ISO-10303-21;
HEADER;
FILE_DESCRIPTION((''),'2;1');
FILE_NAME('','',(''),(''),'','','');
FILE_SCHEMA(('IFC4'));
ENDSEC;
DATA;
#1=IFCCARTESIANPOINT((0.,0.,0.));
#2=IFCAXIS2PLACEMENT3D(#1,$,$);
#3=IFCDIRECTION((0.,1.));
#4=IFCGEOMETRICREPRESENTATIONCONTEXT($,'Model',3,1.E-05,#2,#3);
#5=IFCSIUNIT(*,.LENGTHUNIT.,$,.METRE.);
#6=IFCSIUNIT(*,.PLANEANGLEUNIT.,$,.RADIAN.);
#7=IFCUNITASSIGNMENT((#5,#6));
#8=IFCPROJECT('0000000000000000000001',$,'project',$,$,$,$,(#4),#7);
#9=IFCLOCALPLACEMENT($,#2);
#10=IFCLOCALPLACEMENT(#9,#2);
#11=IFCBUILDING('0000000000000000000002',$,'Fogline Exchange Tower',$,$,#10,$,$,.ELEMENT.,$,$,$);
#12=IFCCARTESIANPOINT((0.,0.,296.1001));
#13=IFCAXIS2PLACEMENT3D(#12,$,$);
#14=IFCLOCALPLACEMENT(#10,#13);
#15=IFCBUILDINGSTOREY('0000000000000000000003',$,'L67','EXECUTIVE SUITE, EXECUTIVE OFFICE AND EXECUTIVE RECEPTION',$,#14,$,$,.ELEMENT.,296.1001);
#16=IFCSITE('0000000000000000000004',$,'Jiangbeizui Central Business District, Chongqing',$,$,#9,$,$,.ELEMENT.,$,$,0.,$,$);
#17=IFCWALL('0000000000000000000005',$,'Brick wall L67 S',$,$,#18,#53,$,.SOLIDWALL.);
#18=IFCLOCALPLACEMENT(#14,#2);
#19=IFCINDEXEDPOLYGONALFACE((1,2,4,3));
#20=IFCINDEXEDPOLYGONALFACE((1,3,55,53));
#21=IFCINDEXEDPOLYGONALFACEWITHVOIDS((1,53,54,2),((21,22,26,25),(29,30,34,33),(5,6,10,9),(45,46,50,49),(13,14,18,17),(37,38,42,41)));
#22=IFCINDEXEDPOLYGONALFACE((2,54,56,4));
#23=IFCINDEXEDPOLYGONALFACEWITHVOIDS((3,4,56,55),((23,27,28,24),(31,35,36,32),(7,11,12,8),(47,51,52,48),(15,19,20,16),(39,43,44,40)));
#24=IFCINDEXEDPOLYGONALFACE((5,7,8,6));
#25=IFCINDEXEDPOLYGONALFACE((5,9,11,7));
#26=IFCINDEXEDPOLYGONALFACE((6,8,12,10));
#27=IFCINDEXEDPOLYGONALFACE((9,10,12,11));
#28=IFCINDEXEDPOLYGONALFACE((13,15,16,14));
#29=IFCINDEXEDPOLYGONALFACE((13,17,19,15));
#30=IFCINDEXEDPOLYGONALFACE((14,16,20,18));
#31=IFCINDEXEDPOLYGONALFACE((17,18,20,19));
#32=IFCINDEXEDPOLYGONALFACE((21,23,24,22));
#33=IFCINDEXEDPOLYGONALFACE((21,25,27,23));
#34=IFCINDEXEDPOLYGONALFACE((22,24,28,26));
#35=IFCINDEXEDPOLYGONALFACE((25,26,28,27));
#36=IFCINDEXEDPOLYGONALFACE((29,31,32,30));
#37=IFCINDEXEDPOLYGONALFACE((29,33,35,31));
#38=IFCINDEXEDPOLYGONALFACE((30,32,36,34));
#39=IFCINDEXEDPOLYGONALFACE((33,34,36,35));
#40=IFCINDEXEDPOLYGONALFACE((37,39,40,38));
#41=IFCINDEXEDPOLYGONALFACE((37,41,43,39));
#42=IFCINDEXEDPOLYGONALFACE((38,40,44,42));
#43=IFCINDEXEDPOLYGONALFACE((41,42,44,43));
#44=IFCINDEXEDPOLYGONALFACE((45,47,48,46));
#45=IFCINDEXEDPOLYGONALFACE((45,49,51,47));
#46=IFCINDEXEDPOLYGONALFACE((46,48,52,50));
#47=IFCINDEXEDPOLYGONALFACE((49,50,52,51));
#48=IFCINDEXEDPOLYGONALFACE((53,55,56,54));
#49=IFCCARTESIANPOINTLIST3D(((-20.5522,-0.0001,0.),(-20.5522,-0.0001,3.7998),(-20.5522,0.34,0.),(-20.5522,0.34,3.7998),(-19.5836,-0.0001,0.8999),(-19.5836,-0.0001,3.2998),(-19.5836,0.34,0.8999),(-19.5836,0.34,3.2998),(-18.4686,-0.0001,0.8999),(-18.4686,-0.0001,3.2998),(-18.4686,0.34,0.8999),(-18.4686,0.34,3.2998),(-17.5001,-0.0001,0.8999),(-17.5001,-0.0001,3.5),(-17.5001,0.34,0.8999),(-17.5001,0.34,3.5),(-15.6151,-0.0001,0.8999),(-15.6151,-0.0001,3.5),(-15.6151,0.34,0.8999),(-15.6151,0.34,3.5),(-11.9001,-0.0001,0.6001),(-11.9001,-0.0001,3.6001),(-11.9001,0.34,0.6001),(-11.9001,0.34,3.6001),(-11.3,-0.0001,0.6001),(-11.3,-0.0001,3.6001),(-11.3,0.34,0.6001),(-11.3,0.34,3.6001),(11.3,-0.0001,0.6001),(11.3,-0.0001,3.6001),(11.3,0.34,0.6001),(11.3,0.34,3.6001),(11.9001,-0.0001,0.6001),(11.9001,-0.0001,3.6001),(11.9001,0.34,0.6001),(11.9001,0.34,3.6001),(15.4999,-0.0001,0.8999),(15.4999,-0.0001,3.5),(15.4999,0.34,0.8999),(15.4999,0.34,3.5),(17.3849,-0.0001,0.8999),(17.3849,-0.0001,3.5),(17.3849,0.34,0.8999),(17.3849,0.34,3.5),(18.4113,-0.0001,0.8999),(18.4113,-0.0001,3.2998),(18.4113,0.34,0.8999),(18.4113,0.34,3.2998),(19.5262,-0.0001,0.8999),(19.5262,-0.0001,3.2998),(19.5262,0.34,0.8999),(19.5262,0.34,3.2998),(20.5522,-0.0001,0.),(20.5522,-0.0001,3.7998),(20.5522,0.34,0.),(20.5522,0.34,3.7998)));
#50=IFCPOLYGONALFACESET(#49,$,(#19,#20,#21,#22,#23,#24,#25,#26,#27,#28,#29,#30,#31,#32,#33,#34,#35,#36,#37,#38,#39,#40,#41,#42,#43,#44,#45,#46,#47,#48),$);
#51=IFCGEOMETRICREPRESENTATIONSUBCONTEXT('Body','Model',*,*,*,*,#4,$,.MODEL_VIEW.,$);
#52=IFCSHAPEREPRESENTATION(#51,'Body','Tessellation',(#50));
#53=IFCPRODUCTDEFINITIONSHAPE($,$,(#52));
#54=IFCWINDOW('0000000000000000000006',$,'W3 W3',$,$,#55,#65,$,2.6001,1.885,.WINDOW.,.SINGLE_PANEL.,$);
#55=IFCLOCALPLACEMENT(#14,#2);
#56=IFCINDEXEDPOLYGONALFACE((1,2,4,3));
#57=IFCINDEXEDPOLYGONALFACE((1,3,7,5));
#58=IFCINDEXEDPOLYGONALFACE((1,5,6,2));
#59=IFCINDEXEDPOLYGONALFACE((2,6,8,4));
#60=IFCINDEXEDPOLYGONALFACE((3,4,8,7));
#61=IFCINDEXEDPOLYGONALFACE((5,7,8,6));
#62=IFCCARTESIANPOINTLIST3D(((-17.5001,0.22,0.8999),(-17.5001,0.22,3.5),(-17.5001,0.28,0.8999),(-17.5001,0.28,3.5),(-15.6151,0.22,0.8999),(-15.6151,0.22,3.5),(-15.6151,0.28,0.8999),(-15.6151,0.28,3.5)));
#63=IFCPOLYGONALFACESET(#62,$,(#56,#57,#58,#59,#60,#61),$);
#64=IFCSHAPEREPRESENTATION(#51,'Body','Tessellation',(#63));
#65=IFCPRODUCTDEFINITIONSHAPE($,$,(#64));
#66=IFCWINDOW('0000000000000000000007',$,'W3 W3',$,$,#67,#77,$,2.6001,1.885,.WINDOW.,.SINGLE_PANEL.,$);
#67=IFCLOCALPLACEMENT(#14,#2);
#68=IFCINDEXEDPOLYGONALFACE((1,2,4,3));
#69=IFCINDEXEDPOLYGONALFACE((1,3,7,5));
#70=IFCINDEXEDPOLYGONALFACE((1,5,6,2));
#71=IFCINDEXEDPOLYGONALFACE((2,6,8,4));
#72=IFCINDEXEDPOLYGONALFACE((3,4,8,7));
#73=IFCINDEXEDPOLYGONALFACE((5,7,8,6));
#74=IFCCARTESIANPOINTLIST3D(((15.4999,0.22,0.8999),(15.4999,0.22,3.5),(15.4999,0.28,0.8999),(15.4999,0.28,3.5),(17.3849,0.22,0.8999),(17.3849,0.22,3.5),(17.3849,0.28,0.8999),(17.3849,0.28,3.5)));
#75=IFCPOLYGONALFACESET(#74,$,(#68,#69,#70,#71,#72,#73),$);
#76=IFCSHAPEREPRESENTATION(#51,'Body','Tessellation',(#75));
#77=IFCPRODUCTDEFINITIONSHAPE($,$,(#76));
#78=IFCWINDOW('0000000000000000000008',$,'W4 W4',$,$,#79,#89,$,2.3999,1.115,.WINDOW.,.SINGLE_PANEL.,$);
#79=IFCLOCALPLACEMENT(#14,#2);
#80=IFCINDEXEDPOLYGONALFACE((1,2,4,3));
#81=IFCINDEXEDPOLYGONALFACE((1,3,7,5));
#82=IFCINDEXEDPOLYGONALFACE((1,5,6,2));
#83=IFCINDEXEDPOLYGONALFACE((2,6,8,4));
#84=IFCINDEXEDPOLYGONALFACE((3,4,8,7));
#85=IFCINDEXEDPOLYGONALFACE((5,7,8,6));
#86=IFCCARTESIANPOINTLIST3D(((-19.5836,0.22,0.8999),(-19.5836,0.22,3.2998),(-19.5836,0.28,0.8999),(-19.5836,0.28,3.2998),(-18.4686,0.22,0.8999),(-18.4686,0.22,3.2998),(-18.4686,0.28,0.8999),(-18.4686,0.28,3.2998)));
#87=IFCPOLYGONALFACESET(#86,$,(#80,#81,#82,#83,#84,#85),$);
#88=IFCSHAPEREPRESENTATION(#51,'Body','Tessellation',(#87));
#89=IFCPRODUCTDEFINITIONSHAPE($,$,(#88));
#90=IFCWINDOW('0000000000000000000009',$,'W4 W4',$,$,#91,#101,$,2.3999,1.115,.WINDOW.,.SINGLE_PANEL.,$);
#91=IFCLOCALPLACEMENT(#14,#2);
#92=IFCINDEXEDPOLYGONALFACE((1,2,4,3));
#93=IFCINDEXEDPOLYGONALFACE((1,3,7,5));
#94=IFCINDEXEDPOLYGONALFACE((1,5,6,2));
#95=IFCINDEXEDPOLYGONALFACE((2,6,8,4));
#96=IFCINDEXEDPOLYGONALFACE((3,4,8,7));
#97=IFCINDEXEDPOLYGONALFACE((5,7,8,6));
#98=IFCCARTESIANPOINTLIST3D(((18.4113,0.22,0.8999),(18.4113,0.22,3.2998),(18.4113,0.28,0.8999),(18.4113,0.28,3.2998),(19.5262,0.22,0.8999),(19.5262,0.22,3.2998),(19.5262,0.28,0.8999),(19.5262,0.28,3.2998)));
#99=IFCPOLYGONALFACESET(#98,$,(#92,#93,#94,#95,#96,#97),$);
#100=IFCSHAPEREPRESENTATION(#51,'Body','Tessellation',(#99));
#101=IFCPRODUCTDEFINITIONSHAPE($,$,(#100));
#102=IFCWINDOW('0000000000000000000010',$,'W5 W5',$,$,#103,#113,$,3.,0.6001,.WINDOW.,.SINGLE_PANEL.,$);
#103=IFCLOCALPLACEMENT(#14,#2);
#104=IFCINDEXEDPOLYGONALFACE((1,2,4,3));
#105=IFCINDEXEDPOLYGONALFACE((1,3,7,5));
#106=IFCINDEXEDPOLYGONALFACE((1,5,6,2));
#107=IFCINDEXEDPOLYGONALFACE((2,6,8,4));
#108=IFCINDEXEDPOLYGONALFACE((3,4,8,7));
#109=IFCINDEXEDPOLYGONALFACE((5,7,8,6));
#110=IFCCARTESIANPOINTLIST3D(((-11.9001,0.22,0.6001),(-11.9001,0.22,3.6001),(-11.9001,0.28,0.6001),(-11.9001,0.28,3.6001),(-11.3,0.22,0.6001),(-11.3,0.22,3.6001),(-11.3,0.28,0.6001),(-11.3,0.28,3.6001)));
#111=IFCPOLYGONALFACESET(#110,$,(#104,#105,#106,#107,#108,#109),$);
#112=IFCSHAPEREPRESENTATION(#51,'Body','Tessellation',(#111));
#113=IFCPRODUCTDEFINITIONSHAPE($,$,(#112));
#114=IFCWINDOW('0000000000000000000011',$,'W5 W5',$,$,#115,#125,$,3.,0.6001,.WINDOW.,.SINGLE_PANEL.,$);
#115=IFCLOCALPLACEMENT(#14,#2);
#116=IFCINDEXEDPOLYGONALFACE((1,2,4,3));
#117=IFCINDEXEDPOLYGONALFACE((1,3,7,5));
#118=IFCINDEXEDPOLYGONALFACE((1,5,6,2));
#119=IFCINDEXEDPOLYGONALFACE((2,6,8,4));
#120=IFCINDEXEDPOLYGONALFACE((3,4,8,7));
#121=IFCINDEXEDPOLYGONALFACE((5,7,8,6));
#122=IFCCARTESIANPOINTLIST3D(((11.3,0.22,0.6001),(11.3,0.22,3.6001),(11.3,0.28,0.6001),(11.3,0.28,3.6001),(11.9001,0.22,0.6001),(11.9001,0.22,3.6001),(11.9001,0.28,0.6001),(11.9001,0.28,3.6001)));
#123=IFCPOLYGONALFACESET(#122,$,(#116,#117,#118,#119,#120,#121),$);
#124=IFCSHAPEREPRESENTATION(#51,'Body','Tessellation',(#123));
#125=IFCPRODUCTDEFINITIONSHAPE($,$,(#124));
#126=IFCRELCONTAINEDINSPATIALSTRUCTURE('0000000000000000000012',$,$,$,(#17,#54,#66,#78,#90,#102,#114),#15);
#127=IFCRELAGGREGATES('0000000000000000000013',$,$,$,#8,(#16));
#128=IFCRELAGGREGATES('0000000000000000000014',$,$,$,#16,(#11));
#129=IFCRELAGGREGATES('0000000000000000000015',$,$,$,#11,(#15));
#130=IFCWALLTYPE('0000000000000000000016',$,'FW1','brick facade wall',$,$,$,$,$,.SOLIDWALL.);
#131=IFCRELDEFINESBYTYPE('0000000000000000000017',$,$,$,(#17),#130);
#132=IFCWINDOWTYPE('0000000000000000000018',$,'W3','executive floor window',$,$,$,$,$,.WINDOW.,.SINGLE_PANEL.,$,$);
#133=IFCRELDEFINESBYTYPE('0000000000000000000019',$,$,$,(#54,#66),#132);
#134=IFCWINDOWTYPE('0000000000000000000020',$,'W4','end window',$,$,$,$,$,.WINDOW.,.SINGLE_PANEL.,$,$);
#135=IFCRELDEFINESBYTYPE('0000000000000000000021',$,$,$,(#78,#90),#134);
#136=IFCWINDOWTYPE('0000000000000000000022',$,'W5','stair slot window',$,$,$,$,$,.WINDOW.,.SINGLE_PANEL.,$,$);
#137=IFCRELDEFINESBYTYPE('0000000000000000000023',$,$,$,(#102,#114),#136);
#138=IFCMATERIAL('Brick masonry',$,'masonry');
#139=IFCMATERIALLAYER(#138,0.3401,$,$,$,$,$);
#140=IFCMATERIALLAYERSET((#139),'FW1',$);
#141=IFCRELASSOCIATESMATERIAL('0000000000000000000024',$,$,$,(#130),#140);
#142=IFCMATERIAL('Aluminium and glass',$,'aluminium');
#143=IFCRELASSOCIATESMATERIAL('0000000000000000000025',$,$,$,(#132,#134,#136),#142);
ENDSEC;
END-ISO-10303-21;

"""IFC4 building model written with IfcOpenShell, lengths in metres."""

from ifc_helpers import new_model, si_unit, direction, frame, frame_2d, origin, place, context, subcontext, project, spatial, rectangle, extrude, material, layer, layer_set, type_object, element, fill, save


model = new_model("IFC4")

# Units and contexts
model_context = context("Model", 3, precision=1e-05, world=origin(), true_north=direction((0.0, 1.0)))
body_context = subcontext(model_context, "Body", "Model", "MODEL_VIEW")
ifc_project = project(units=[si_unit("LENGTHUNIT", "METRE"), si_unit("PLANEANGLEUNIT", "RADIAN")], contexts=[model_context])

# Site, building, storey
site_placement = place(None, origin())
site = spatial("IfcSite", under=ifc_project, at=site_placement, Name="Jiangbeizui Central Business District, Chongqing", CompositionType="ELEMENT", RefElevation=0.0)
building_placement = place(site_placement, origin())
building = spatial("IfcBuilding", under=site, at=building_placement, Name="Fogline Exchange Tower", CompositionType="ELEMENT")
storey_placement = place(building_placement, frame((0.0, 0.0, 296.1001)))
storey = spatial("IfcBuildingStorey", under=building, at=storey_placement, Name="L67", Description="EXECUTIVE SUITE, EXECUTIVE OFFICE AND EXECUTIVE RECEPTION", CompositionType="ELEMENT", Elevation=296.1001)

# Shared definitions
ifc_material_1 = material(Name="Brick masonry", Category="masonry")
ifc_layer = layer(ifc_material_1, 0.3401)
ifc_layer_set = layer_set([ifc_layer], Name="FW1")
wall_type = type_object("IfcWallType", Name="FW1", Description="brick facade wall", PredefinedType="SOLIDWALL", material=ifc_layer_set)
ifc_material_2 = material(Name="Aluminium and glass", Category="aluminium")

# Wall, openings, windows
wall_1_placement = place(storey_placement, frame((-20.5522, 0.1699, 0.0), z_axis=(0.0, 0.0, 1.0), x_axis=(1.0, 0.0, 0.0)))
wall_1 = element("IfcWall", 1, at=wall_1_placement, inside=storey, type_object=wall_type, Name="Brick wall L67 S", PredefinedType="SOLIDWALL", context=body_context, shape_type="SweptSolid", body=[
    extrude(rectangle(XDim=41.1045, YDim=0.3401, at=frame_2d((20.5522, 0.0))), origin(), (0.0, 0.0, 1.0), 3.7998),
])
opening_1_placement = place(wall_1_placement, frame((3.0522, 0.0, 0.8999)))
opening_1 = element("IfcOpeningElement", 2, at=opening_1_placement, cuts=wall_1, PredefinedType="OPENING", context=body_context, shape_type="SweptSolid", body=[
    extrude(rectangle(XDim=1.885, YDim=2.6001, at=frame_2d((0.9424, 1.3))), frame((0.0, 0.1802, 0.0), z_axis=(0.0, -1.0, 0.0), x_axis=(1.0, 0.0, 0.0)), (0.0, 0.0, 1.0), 0.3601),
])
opening_2_placement = place(wall_1_placement, frame((36.0522, 0.0, 0.8999)))
opening_2 = element("IfcOpeningElement", 3, at=opening_2_placement, cuts=wall_1, PredefinedType="OPENING", context=body_context, shape_type="SweptSolid", body=[
    extrude(rectangle(XDim=1.885, YDim=2.6001, at=frame_2d((0.9424, 1.3))), frame((0.0, 0.1802, 0.0), z_axis=(0.0, -1.0, 0.0), x_axis=(1.0, 0.0, 0.0)), (0.0, 0.0, 1.0), 0.3601),
])
opening_3_placement = place(wall_1_placement, frame((0.9685, 0.0, 0.8999)))
opening_3 = element("IfcOpeningElement", 4, at=opening_3_placement, cuts=wall_1, PredefinedType="OPENING", context=body_context, shape_type="SweptSolid", body=[
    extrude(rectangle(XDim=1.115, YDim=2.3999, at=frame_2d((0.5576, 1.2))), frame((0.0, 0.1802, 0.0), z_axis=(0.0, -1.0, 0.0), x_axis=(1.0, 0.0, 0.0)), (0.0, 0.0, 1.0), 0.3601),
])
opening_4_placement = place(wall_1_placement, frame((38.9634, 0.0, 0.8999)))
opening_4 = element("IfcOpeningElement", 5, at=opening_4_placement, cuts=wall_1, PredefinedType="OPENING", context=body_context, shape_type="SweptSolid", body=[
    extrude(rectangle(XDim=1.115, YDim=2.3999, at=frame_2d((0.5576, 1.2))), frame((0.0, 0.1802, 0.0), z_axis=(0.0, -1.0, 0.0), x_axis=(1.0, 0.0, 0.0)), (0.0, 0.0, 1.0), 0.3601),
])
opening_5_placement = place(wall_1_placement, frame((8.6521, 0.0, 0.6001)))
opening_5 = element("IfcOpeningElement", 6, at=opening_5_placement, cuts=wall_1, PredefinedType="OPENING", context=body_context, shape_type="SweptSolid", body=[
    extrude(rectangle(XDim=0.6001, YDim=3.0, at=frame_2d((0.3, 1.5))), frame((0.0, 0.1802, 0.0), z_axis=(0.0, -1.0, 0.0), x_axis=(1.0, 0.0, 0.0)), (0.0, 0.0, 1.0), 0.3601),
])
opening_6_placement = place(wall_1_placement, frame((31.8523, 0.0, 0.6001)))
opening_6 = element("IfcOpeningElement", 7, at=opening_6_placement, cuts=wall_1, PredefinedType="OPENING", context=body_context, shape_type="SweptSolid", body=[
    extrude(rectangle(XDim=0.6001, YDim=3.0, at=frame_2d((0.3, 1.5))), frame((0.0, 0.1802, 0.0), z_axis=(0.0, -1.0, 0.0), x_axis=(1.0, 0.0, 0.0)), (0.0, 0.0, 1.0), 0.3601),
])
window_type_1 = type_object("IfcWindowType", Name="W3", Description="executive floor window", PartitioningType="SINGLE_PANEL", PredefinedType="WINDOW", material=ifc_material_2)
window_1_placement = place(opening_1_placement, origin())
window_1 = element("IfcWindow", 8, at=window_1_placement, inside=storey, type_object=window_type_1, Name="W3 W3", OverallHeight=2.6001, OverallWidth=1.885, PartitioningType="SINGLE_PANEL", PredefinedType="WINDOW", context=body_context, shape_type="SweptSolid", body=[
    extrude(rectangle(XDim=1.885, YDim=2.6001, at=frame_2d((0.9424, 1.3))), frame((0.0, 0.1101, 0.0), z_axis=(0.0, -1.0, 0.0), x_axis=(1.0, 0.0, 0.0)), (0.0, 0.0, 1.0), 0.0601),
])
fill(opening_1, window_1)
window_2_placement = place(opening_2_placement, origin())
window_2 = element("IfcWindow", 9, at=window_2_placement, inside=storey, type_object=window_type_1, Name="W3 W3", OverallHeight=2.6001, OverallWidth=1.885, PartitioningType="SINGLE_PANEL", PredefinedType="WINDOW", context=body_context, shape_type="SweptSolid", body=[
    extrude(rectangle(XDim=1.885, YDim=2.6001, at=frame_2d((0.9424, 1.3))), frame((0.0, 0.1101, 0.0), z_axis=(0.0, -1.0, 0.0), x_axis=(1.0, 0.0, 0.0)), (0.0, 0.0, 1.0), 0.0601),
])
fill(opening_2, window_2)
window_type_2 = type_object("IfcWindowType", Name="W4", Description="end window", PartitioningType="SINGLE_PANEL", PredefinedType="WINDOW", material=ifc_material_2)
window_3_placement = place(opening_3_placement, origin())
window_3 = element("IfcWindow", 10, at=window_3_placement, inside=storey, type_object=window_type_2, Name="W4 W4", OverallHeight=2.3999, OverallWidth=1.115, PartitioningType="SINGLE_PANEL", PredefinedType="WINDOW", context=body_context, shape_type="SweptSolid", body=[
    extrude(rectangle(XDim=1.115, YDim=2.3999, at=frame_2d((0.5576, 1.2))), frame((0.0, 0.1101, 0.0), z_axis=(0.0, -1.0, 0.0), x_axis=(1.0, 0.0, 0.0)), (0.0, 0.0, 1.0), 0.0601),
])
fill(opening_3, window_3)
window_4_placement = place(opening_4_placement, origin())
window_4 = element("IfcWindow", 11, at=window_4_placement, inside=storey, type_object=window_type_2, Name="W4 W4", OverallHeight=2.3999, OverallWidth=1.115, PartitioningType="SINGLE_PANEL", PredefinedType="WINDOW", context=body_context, shape_type="SweptSolid", body=[
    extrude(rectangle(XDim=1.115, YDim=2.3999, at=frame_2d((0.5576, 1.2))), frame((0.0, 0.1101, 0.0), z_axis=(0.0, -1.0, 0.0), x_axis=(1.0, 0.0, 0.0)), (0.0, 0.0, 1.0), 0.0601),
])
fill(opening_4, window_4)
window_type_3 = type_object("IfcWindowType", Name="W5", Description="stair slot window", PartitioningType="SINGLE_PANEL", PredefinedType="WINDOW", material=ifc_material_2)
window_5_placement = place(opening_5_placement, origin())
window_5 = element("IfcWindow", 12, at=window_5_placement, inside=storey, type_object=window_type_3, Name="W5 W5", OverallHeight=3.0, OverallWidth=0.6001, PartitioningType="SINGLE_PANEL", PredefinedType="WINDOW", context=body_context, shape_type="SweptSolid", body=[
    extrude(rectangle(XDim=0.6001, YDim=3.0, at=frame_2d((0.3, 1.5))), frame((0.0, 0.1101, 0.0), z_axis=(0.0, -1.0, 0.0), x_axis=(1.0, 0.0, 0.0)), (0.0, 0.0, 1.0), 0.0601),
])
fill(opening_5, window_5)
window_6_placement = place(opening_6_placement, origin())
window_6 = element("IfcWindow", 13, at=window_6_placement, inside=storey, type_object=window_type_3, Name="W5 W5", OverallHeight=3.0, OverallWidth=0.6001, PartitioningType="SINGLE_PANEL", PredefinedType="WINDOW", context=body_context, shape_type="SweptSolid", body=[
    extrude(rectangle(XDim=0.6001, YDim=3.0, at=frame_2d((0.3, 1.5))), frame((0.0, 0.1101, 0.0), z_axis=(0.0, -1.0, 0.0), x_axis=(1.0, 0.0, 0.0)), (0.0, 0.0, 1.0), 0.0601),
])
fill(opening_6, window_6)

save(model, "model.ifc")
